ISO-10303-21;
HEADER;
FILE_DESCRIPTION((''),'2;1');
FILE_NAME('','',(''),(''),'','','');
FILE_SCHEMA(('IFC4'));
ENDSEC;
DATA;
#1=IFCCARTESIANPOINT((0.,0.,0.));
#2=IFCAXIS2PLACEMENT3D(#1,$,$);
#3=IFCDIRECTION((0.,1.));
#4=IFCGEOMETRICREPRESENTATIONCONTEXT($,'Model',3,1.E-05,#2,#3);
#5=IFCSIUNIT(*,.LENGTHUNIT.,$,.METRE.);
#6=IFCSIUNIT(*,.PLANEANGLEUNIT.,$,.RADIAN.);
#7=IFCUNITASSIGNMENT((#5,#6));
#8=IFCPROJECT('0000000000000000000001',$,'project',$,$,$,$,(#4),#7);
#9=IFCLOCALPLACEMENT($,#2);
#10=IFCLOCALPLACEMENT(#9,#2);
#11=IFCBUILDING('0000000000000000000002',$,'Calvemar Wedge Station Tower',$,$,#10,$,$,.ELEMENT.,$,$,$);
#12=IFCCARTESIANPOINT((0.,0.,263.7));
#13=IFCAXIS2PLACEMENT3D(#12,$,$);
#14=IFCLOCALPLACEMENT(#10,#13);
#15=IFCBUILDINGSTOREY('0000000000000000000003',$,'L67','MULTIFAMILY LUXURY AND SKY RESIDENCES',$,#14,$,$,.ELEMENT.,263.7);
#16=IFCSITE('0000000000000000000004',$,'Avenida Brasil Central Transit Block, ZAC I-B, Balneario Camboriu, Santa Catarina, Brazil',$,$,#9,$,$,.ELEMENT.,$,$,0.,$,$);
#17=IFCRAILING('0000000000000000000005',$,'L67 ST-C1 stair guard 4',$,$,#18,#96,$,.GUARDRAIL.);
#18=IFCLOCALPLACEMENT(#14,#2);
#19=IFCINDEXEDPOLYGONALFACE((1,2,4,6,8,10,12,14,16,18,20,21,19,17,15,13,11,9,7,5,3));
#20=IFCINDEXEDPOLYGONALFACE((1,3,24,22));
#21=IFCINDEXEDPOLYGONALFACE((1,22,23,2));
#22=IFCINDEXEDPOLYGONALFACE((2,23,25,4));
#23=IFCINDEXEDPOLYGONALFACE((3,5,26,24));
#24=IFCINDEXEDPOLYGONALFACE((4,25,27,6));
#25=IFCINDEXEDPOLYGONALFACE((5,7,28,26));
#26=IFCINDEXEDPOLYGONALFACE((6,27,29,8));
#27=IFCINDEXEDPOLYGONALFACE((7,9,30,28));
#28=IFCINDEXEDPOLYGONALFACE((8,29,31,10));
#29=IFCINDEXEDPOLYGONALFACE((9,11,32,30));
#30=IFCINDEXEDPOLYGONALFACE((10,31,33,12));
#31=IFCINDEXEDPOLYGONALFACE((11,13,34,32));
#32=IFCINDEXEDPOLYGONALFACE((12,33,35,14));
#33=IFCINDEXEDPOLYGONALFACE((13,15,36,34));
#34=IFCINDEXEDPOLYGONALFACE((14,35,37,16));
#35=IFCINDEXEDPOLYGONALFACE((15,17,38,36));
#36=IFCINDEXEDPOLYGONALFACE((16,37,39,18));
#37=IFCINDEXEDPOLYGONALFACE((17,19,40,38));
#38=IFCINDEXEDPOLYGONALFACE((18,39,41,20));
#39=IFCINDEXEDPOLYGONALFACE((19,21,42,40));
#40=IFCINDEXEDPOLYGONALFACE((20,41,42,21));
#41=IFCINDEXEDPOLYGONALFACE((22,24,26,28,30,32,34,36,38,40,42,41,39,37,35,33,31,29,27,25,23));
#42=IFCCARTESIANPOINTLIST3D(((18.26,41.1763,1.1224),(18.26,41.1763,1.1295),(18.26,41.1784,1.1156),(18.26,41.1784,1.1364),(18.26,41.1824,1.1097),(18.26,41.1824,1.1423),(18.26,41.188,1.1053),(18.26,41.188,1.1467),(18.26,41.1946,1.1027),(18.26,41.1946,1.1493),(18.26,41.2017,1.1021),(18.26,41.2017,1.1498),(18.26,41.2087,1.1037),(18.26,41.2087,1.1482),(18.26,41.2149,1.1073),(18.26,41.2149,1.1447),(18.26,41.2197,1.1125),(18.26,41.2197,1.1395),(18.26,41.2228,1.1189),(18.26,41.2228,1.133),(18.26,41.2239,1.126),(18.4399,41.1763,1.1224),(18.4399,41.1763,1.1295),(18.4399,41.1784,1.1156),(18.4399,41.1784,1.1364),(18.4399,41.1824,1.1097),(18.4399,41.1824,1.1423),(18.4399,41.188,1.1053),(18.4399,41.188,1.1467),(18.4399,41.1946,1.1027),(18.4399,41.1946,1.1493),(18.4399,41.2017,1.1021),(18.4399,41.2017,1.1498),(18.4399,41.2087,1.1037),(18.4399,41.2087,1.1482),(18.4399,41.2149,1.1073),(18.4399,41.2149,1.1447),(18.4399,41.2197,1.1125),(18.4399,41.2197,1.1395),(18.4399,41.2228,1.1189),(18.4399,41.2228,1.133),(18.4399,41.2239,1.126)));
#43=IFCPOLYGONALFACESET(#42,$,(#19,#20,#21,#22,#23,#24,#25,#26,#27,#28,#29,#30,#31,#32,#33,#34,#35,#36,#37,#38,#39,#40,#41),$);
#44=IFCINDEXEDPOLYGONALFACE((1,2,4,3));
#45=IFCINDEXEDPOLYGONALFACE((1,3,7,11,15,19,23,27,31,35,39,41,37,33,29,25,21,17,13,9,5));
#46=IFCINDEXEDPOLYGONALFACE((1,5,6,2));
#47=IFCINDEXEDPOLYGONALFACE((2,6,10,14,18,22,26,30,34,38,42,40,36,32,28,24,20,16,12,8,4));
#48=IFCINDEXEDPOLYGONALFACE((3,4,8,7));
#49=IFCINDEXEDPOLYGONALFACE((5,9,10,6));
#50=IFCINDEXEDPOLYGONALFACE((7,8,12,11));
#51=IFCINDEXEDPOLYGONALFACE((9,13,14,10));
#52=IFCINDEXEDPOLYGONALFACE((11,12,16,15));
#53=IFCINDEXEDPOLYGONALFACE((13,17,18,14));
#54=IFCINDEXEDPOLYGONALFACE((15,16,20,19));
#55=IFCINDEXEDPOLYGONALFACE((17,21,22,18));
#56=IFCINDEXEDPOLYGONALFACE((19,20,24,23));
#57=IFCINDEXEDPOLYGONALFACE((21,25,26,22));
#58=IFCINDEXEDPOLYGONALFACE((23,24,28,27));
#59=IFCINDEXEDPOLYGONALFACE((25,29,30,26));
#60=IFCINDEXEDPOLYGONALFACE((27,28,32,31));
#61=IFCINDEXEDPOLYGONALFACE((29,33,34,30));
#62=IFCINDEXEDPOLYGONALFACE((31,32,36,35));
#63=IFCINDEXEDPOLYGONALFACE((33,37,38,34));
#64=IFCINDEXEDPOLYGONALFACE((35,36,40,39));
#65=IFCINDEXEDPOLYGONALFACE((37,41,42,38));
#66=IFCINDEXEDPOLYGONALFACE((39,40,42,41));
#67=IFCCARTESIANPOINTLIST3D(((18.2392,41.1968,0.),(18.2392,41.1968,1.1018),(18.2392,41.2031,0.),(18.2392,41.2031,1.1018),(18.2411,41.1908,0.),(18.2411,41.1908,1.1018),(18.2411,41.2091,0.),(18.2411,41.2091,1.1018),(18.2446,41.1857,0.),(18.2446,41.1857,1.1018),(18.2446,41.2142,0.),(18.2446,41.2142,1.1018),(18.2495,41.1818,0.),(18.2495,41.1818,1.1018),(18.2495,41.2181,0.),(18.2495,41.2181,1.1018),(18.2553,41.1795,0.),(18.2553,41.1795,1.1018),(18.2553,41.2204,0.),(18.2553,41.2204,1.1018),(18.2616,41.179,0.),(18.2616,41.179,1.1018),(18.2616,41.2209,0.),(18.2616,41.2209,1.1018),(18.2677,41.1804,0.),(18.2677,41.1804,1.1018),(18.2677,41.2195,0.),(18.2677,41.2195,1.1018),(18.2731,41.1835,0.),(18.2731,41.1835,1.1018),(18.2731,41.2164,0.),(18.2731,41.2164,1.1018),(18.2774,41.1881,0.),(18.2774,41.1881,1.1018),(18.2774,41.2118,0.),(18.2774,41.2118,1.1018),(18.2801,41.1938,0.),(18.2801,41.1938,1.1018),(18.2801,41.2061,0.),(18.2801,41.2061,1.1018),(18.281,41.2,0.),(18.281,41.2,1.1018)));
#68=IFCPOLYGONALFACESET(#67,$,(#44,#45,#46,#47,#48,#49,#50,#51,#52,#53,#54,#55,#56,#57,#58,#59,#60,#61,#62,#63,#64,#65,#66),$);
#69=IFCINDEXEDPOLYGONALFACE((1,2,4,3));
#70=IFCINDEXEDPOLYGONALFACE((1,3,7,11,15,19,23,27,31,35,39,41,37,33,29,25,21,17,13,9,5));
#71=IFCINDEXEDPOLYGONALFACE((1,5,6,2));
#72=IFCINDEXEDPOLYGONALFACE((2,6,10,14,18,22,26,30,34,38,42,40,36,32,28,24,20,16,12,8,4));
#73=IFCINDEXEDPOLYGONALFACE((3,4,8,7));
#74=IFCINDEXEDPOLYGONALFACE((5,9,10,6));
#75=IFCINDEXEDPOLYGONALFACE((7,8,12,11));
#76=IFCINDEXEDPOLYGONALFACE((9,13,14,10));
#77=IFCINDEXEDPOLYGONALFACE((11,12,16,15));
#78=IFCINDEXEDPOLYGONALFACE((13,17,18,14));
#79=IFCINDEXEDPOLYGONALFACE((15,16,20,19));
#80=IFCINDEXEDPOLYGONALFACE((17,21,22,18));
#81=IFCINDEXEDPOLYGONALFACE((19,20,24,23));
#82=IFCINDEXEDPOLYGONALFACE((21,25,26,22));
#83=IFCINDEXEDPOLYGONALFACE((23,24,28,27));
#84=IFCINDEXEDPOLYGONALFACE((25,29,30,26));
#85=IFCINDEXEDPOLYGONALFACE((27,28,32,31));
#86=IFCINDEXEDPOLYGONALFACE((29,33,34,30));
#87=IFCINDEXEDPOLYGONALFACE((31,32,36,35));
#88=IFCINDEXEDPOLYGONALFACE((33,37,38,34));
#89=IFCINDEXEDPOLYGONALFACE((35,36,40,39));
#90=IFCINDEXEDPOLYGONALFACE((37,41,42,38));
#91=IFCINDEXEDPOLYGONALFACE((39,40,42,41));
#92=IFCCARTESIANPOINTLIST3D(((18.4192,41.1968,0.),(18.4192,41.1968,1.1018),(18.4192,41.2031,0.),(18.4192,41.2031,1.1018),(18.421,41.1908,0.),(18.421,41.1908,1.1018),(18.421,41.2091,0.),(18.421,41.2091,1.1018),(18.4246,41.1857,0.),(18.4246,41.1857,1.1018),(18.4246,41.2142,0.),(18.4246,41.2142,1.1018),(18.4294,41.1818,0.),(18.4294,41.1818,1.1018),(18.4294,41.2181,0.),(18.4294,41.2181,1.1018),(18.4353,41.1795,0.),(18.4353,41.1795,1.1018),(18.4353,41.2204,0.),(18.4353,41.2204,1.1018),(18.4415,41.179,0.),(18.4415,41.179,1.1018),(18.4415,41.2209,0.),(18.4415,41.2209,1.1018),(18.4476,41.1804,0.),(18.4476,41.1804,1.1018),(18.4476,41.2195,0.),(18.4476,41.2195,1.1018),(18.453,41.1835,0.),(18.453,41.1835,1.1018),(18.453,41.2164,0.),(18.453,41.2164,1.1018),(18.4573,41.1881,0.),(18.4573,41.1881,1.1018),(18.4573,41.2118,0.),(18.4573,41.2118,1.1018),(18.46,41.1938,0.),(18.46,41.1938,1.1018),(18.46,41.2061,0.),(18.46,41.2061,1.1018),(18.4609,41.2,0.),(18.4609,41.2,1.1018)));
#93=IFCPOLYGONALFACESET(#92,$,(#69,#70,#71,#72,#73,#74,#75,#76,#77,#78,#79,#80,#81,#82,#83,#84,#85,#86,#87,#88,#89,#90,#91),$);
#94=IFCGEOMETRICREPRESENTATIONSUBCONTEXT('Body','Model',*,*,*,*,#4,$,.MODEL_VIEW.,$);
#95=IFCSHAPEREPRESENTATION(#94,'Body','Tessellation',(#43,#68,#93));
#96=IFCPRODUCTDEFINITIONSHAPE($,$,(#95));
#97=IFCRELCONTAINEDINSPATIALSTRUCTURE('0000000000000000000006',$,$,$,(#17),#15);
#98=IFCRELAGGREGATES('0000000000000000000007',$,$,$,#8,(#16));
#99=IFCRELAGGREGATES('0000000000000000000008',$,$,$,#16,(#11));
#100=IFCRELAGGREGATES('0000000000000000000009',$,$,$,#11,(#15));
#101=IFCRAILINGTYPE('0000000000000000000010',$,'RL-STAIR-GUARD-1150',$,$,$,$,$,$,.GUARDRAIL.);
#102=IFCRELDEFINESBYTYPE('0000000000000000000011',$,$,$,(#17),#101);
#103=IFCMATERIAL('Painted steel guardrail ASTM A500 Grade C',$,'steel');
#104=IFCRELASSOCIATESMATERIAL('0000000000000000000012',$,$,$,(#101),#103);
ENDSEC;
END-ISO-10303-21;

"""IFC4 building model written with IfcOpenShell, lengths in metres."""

from ifc_helpers import new_model, si_unit, direction, frame, origin, origin_2d, place, context, subcontext, project, spatial, circle, extrude, material, type_object, element, save


model = new_model("IFC4")

# Units and contexts
model_context = context("Model", 3, precision=1e-05, world=origin(), true_north=direction((0.0, 1.0)))
body_context = subcontext(model_context, "Body", "Model", "MODEL_VIEW")
ifc_project = project(units=[si_unit("LENGTHUNIT", "METRE"), si_unit("PLANEANGLEUNIT", "RADIAN")], contexts=[model_context])

# Site, building, storey
site_placement = place(None, origin())
site = spatial("IfcSite", under=ifc_project, at=site_placement, Name="Avenida Brasil Central Transit Block, ZAC I-B, Balneario Camboriu, Santa Catarina, Brazil", CompositionType="ELEMENT", RefElevation=0.0)
building_placement = place(site_placement, origin())
building = spatial("IfcBuilding", under=site, at=building_placement, Name="Calvemar Wedge Station Tower", CompositionType="ELEMENT")
storey_placement = place(building_placement, frame((0.0, 0.0, 263.7)))
storey = spatial("IfcBuildingStorey", under=building, at=storey_placement, Name="L67", Description="MULTIFAMILY LUXURY AND SKY RESIDENCES", CompositionType="ELEMENT", Elevation=263.7)

# Railing
ifc_material_1 = material(Name="Painted steel guardrail ASTM A500 Grade C", Category="steel")
railing_type_1 = type_object("IfcRailingType", Name="RL-STAIR-GUARD-1150", PredefinedType="GUARDRAIL", material=ifc_material_1)
railing_1_placement = place(storey_placement, frame((18.26, 41.2, 0.0)))
element("IfcRailing", 1, at=railing_1_placement, inside=storey, type_object=railing_type_1, Name="L67 ST-C1 stair guard 4", PredefinedType="GUARDRAIL", context=body_context, shape_type="SweptSolid", body=[
    extrude(circle(Radius=0.0239, at=origin_2d()), frame((0.0, 0.0, 1.126), z_axis=(1.0, 0.0, 0.0), x_axis=(0.0, 1.0, 0.0)), (0.0, 0.0, 1.0), 0.1799),
    extrude(circle(Radius=0.021, at=origin_2d()), origin(), (0.0, 0.0, 1.0), 1.1018),
    extrude(circle(Radius=0.021, at=origin_2d()), frame((0.1799, 0.0, 0.0)), (0.0, 0.0, 1.0), 1.1018),
])

save(model, "model.ifc")
